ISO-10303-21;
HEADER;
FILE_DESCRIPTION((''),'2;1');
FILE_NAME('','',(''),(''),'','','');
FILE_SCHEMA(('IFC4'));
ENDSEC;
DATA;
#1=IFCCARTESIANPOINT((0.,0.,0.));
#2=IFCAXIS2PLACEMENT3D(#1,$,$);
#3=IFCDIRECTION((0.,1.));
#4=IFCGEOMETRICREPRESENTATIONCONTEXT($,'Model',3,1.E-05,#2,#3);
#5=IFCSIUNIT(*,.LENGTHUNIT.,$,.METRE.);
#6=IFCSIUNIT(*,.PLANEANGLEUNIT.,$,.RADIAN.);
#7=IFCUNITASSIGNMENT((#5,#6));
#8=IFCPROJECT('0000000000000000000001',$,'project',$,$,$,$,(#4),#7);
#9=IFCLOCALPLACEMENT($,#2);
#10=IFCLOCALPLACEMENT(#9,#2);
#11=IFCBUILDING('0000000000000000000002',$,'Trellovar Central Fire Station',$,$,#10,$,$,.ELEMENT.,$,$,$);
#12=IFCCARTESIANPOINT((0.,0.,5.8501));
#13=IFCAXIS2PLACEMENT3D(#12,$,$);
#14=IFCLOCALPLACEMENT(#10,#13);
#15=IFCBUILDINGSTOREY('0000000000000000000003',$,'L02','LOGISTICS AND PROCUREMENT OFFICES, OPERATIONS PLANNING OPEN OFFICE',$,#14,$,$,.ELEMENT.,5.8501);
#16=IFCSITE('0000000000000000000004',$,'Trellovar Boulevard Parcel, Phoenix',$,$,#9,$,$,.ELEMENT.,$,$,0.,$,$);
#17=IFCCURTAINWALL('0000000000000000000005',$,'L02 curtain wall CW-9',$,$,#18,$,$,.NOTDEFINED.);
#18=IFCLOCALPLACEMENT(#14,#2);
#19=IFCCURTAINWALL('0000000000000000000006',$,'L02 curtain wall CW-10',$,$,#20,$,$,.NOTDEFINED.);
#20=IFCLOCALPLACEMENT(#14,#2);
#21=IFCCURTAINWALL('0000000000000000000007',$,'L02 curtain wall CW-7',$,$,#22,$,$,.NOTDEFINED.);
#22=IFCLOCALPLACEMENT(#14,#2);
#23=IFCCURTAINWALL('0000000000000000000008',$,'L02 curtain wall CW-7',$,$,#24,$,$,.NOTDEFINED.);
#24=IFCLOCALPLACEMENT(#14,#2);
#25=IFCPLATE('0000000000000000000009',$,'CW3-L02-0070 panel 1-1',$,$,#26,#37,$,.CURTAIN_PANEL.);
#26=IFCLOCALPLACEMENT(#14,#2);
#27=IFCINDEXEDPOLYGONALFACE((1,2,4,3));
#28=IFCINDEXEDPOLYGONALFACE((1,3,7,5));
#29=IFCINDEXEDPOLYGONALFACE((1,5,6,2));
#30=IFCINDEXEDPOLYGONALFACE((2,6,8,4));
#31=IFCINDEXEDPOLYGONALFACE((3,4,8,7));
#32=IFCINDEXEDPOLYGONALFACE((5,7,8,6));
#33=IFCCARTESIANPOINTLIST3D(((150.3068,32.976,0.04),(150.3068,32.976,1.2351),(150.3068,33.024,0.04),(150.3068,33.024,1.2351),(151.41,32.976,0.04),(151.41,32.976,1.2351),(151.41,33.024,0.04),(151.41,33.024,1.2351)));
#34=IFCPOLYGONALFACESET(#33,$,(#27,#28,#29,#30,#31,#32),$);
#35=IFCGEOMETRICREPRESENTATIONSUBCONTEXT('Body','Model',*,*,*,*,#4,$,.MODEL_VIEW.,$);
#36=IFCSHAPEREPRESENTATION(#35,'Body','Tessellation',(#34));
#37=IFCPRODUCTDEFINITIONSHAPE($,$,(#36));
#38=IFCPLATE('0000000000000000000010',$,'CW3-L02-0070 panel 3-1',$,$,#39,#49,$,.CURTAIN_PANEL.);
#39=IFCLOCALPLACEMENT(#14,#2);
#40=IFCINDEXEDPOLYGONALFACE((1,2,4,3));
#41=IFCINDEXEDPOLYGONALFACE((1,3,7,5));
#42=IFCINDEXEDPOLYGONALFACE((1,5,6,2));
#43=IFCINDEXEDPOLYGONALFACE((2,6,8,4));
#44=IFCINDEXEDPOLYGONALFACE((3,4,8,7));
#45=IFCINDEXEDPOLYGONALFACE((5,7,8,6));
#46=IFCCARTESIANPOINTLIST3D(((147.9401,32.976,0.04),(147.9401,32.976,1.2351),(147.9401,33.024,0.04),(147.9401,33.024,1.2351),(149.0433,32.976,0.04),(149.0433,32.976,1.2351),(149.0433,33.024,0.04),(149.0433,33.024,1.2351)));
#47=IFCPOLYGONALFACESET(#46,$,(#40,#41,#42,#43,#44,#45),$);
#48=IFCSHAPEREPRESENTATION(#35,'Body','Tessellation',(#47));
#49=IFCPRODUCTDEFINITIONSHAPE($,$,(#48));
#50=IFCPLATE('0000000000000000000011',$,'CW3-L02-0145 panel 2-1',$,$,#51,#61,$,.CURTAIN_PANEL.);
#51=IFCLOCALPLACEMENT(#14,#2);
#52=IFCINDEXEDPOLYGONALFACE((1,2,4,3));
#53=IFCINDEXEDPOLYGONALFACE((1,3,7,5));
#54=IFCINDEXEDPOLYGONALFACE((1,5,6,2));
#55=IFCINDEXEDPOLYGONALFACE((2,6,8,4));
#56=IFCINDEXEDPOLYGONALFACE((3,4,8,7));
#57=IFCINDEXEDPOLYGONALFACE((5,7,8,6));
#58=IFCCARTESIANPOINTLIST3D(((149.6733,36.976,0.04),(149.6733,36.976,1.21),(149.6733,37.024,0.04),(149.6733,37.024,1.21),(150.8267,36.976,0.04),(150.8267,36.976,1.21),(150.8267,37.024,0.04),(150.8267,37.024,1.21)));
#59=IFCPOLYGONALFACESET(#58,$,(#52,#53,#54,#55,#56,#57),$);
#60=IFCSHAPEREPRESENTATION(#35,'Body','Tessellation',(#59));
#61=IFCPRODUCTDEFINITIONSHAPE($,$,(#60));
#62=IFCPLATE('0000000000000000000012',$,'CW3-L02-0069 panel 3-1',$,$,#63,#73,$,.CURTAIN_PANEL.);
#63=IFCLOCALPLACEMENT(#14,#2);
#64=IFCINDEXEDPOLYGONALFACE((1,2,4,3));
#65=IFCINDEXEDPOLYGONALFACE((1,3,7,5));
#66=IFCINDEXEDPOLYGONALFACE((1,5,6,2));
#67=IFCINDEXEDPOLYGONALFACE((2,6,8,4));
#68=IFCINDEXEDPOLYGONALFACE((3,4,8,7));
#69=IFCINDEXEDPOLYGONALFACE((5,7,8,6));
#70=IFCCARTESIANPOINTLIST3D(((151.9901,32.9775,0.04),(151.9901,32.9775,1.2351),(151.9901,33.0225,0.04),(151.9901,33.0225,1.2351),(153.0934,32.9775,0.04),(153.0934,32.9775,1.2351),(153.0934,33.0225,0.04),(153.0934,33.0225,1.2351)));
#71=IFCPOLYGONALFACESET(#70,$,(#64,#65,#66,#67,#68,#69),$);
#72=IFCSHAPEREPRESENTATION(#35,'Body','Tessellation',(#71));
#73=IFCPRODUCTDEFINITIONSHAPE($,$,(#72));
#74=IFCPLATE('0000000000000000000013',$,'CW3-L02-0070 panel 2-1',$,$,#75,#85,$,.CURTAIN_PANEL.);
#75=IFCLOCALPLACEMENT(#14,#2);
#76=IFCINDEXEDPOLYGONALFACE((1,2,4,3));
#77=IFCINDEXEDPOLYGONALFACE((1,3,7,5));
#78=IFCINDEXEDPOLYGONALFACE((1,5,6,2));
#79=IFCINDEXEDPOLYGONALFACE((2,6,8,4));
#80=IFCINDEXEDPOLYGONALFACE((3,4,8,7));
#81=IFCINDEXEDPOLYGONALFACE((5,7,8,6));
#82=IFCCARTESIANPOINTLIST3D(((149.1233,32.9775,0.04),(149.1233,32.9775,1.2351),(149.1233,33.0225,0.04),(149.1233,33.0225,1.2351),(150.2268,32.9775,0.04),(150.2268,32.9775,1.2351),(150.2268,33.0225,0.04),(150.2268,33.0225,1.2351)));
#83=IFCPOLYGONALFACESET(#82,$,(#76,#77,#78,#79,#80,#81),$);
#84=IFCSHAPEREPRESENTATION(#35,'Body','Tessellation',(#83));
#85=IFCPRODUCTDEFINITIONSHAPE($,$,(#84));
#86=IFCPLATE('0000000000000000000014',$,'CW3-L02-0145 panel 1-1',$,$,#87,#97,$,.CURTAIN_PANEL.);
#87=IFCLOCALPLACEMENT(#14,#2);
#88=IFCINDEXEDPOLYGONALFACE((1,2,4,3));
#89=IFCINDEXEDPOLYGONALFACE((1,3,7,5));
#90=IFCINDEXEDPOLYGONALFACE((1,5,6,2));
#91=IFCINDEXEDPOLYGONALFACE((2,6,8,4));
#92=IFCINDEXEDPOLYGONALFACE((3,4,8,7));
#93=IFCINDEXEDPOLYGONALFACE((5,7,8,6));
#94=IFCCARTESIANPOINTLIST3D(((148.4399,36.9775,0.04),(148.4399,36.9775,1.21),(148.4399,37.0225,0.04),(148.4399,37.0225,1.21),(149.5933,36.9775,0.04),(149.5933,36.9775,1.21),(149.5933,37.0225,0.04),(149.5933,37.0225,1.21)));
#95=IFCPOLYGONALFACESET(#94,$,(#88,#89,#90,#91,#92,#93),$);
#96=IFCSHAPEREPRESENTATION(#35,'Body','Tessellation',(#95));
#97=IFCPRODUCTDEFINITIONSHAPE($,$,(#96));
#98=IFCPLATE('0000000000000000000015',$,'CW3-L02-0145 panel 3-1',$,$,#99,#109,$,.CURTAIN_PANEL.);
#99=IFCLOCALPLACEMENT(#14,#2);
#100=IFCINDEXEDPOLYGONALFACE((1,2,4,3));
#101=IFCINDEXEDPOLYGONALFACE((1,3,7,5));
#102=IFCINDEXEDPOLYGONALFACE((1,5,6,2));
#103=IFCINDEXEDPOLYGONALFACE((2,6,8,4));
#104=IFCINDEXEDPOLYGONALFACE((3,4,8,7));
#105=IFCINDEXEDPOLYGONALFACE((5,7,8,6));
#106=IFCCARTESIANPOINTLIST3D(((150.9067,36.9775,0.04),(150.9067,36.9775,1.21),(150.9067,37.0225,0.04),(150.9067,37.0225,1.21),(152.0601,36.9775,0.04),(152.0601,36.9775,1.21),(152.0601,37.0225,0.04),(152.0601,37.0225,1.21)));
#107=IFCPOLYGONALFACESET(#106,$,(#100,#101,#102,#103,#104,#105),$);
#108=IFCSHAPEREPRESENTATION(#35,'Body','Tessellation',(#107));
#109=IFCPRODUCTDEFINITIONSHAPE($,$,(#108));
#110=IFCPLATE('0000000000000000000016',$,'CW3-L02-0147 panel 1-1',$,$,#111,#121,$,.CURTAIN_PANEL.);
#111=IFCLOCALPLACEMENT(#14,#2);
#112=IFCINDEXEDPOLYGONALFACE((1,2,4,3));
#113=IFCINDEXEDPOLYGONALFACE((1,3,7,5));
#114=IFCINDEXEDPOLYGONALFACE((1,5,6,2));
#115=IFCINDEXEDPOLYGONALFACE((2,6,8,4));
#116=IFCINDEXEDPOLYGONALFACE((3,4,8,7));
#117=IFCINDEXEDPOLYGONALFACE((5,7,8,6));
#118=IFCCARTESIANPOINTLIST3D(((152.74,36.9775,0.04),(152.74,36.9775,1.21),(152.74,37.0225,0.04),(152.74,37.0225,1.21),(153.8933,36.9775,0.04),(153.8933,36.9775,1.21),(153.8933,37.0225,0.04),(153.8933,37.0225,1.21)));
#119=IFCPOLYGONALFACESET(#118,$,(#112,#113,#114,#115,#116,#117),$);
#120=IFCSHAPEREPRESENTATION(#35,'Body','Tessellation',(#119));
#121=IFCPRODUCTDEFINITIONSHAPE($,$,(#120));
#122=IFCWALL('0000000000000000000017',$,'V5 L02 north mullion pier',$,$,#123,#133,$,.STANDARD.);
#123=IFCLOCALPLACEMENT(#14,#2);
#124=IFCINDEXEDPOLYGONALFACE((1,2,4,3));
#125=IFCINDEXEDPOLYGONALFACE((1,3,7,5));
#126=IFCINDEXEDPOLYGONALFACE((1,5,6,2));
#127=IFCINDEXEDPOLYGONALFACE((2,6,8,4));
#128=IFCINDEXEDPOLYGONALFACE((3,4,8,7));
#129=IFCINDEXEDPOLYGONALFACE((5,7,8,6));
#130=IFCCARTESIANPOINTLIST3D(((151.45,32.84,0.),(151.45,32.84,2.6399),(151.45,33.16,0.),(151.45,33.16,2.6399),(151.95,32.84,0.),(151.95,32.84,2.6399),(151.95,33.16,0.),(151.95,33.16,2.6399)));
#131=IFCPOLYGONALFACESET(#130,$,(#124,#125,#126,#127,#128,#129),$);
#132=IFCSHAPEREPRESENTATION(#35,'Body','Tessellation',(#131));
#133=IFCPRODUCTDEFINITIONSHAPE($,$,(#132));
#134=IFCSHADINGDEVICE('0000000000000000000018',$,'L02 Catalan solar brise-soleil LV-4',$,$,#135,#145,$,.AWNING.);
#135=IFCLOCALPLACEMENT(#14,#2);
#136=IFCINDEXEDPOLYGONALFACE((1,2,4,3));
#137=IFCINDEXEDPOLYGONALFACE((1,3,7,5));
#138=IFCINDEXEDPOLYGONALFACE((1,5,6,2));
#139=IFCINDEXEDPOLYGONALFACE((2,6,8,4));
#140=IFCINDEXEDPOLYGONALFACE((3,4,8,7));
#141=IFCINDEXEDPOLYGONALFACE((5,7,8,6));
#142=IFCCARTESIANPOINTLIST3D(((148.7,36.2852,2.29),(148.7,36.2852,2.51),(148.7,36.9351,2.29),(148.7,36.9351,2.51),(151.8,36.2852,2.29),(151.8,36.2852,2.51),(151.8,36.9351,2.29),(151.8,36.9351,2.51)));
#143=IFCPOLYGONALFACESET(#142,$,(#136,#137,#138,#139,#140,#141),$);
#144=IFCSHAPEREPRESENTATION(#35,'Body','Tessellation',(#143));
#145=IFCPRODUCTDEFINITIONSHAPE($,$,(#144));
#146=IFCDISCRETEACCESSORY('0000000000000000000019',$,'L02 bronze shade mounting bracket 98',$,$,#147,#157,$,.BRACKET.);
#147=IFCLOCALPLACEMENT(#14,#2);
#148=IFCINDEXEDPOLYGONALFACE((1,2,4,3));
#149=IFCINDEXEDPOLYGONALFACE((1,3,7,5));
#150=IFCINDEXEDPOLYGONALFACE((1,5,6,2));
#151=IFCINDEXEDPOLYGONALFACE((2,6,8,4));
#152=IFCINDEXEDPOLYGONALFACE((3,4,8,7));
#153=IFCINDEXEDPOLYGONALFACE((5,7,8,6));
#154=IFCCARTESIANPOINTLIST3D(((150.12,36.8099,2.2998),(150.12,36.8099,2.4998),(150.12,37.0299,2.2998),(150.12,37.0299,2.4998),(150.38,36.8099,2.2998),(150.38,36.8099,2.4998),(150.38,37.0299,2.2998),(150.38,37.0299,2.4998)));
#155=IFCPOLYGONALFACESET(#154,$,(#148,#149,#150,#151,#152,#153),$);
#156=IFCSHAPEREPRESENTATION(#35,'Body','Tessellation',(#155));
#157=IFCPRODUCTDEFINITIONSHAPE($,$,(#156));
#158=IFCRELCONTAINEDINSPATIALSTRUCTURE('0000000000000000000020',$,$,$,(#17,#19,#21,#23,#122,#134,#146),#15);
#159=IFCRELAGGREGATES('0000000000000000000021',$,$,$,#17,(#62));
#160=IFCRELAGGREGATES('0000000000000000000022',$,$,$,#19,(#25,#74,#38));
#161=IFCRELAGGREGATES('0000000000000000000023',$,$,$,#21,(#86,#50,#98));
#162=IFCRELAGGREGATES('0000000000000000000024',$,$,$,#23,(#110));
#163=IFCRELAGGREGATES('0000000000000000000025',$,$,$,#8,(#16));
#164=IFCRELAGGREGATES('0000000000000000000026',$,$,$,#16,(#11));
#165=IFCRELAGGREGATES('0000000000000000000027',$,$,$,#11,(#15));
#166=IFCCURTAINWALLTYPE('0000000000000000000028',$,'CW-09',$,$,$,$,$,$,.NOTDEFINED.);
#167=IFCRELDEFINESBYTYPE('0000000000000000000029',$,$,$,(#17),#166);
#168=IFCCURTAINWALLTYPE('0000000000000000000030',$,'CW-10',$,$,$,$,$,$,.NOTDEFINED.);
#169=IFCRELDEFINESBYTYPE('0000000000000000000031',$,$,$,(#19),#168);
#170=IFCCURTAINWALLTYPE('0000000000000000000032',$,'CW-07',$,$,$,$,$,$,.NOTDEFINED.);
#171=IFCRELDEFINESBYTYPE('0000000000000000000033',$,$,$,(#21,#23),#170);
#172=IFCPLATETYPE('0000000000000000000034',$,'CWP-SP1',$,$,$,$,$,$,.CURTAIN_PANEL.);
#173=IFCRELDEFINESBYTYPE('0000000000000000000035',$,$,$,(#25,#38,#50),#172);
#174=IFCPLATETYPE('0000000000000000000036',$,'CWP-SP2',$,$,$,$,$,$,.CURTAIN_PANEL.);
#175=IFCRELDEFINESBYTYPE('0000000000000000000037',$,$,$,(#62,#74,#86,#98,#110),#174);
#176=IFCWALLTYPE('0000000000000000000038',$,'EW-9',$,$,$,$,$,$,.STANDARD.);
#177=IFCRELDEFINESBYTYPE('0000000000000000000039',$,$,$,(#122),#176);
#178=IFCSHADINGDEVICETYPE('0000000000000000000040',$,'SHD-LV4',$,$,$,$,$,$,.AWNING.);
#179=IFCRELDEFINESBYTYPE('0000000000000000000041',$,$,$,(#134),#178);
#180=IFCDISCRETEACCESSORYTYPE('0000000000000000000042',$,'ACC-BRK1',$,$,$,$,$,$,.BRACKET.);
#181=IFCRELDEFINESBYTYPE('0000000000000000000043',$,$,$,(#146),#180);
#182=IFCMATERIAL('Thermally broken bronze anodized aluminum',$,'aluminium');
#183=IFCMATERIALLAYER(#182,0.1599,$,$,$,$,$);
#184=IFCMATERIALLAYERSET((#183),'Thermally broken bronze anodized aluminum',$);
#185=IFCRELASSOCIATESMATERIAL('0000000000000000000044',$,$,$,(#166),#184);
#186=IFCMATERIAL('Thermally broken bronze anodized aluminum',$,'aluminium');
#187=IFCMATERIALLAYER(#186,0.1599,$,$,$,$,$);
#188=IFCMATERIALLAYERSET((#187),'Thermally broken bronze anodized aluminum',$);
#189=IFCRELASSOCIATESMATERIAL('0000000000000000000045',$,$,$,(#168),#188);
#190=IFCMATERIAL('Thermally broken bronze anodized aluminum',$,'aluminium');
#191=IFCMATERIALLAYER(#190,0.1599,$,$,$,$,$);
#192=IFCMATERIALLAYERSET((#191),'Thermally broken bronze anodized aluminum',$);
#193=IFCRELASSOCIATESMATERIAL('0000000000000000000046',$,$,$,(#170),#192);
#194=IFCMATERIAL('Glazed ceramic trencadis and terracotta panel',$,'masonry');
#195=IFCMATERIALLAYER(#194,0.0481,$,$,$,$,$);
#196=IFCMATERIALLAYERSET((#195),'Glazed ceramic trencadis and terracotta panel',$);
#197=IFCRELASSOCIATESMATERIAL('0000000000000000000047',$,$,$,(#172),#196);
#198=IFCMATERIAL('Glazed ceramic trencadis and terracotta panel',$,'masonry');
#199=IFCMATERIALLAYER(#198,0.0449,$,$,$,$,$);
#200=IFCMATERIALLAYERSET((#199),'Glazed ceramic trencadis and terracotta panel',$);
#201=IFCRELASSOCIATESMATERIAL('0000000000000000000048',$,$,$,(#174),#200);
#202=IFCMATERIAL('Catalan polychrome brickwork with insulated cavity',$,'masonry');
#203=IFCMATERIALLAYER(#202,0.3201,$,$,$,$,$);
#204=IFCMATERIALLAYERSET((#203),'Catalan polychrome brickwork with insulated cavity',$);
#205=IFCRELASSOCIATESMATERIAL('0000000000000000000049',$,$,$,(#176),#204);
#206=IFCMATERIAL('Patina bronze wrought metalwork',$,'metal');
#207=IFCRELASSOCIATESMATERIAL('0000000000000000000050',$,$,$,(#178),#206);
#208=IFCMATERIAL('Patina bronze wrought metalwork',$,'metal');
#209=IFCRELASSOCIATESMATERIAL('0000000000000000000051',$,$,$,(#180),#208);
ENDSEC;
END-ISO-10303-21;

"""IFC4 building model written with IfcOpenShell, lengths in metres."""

from ifc_helpers import new_model, si_unit, direction, frame, frame_2d, origin, origin_2d, place, context, subcontext, project, spatial, rectangle, extrude, material, layer, layer_set, type_object, element, aggregate, save


model = new_model("IFC4")

# Units and contexts
model_context = context("Model", 3, precision=1e-05, world=origin(), true_north=direction((0.0, 1.0)))
body_context = subcontext(model_context, "Body", "Model", "MODEL_VIEW")
ifc_project = project(units=[si_unit("LENGTHUNIT", "METRE"), si_unit("PLANEANGLEUNIT", "RADIAN")], contexts=[model_context])

# Site, building, storey
site_placement = place(None, origin())
site = spatial("IfcSite", under=ifc_project, at=site_placement, Name="Trellovar Boulevard Parcel, Phoenix", CompositionType="ELEMENT", RefElevation=0.0)
building_placement = place(site_placement, origin())
building = spatial("IfcBuilding", under=site, at=building_placement, Name="Trellovar Central Fire Station", CompositionType="ELEMENT")
storey_placement = place(building_placement, frame((0.0, 0.0, 5.8501)))
storey = spatial("IfcBuildingStorey", under=building, at=storey_placement, Name="L02", Description="LOGISTICS AND PROCUREMENT OFFICES, OPERATIONS PLANNING OPEN OFFICE", CompositionType="ELEMENT", Elevation=5.8501)

# Curtain walls
ifc_material_1 = material(Name="Thermally broken bronze anodized aluminum", Category="aluminium")
ifc_layer_1 = layer(ifc_material_1, 0.1599)
ifc_layer_set_1 = layer_set([ifc_layer_1], Name="Thermally broken bronze anodized aluminum")
curtain_wall_type_1 = type_object("IfcCurtainWallType", Name="CW-09", PredefinedType="NOTDEFINED", material=ifc_layer_set_1)
curtain_wall_1_placement = place(storey_placement, origin())
curtain_wall_1 = element("IfcCurtainWall", 1, at=curtain_wall_1_placement, inside=storey, type_object=curtain_wall_type_1, Name="L02 curtain wall CW-9", PredefinedType="NOTDEFINED")
ifc_material_2 = material(Name="Thermally broken bronze anodized aluminum", Category="aluminium")
ifc_layer_2 = layer(ifc_material_2, 0.1599)
ifc_layer_set_2 = layer_set([ifc_layer_2], Name="Thermally broken bronze anodized aluminum")
curtain_wall_type_2 = type_object("IfcCurtainWallType", Name="CW-10", PredefinedType="NOTDEFINED", material=ifc_layer_set_2)
curtain_wall_2_placement = place(storey_placement, origin())
curtain_wall_2 = element("IfcCurtainWall", 2, at=curtain_wall_2_placement, inside=storey, type_object=curtain_wall_type_2, Name="L02 curtain wall CW-10", PredefinedType="NOTDEFINED")
ifc_material_3 = material(Name="Thermally broken bronze anodized aluminum", Category="aluminium")
ifc_layer_3 = layer(ifc_material_3, 0.1599)
ifc_layer_set_3 = layer_set([ifc_layer_3], Name="Thermally broken bronze anodized aluminum")
curtain_wall_type_3 = type_object("IfcCurtainWallType", Name="CW-07", PredefinedType="NOTDEFINED", material=ifc_layer_set_3)
curtain_wall_3_placement = place(storey_placement, origin())
curtain_wall_3 = element("IfcCurtainWall", 3, at=curtain_wall_3_placement, inside=storey, type_object=curtain_wall_type_3, Name="L02 curtain wall CW-7", PredefinedType="NOTDEFINED")

# Curtain wall
curtain_wall_4_placement = place(storey_placement, origin())
curtain_wall_4 = element("IfcCurtainWall", 4, at=curtain_wall_4_placement, inside=storey, type_object=curtain_wall_type_3, Name="L02 curtain wall CW-7", PredefinedType="NOTDEFINED")

# Plates
ifc_material_4 = material(Name="Glazed ceramic trencadis and terracotta panel", Category="masonry")
ifc_layer_4 = layer(ifc_material_4, 0.0481)
ifc_layer_set_4 = layer_set([ifc_layer_4], Name="Glazed ceramic trencadis and terracotta panel")
plate_type_1 = type_object("IfcPlateType", Name="CWP-SP1", PredefinedType="CURTAIN_PANEL", material=ifc_layer_set_4)
plate_1_placement = place(storey_placement, frame((150.8584, 33.0, 0.04), z_axis=(0.0, 0.0, 1.0), x_axis=(-1.0, 0.0, 0.0)))
plate_1 = element("IfcPlate", 5, at=plate_1_placement, type_object=plate_type_1, Name="CW3-L02-0070 panel 1-1", PredefinedType="CURTAIN_PANEL", context=body_context, shape_type="SweptSolid", body=[
    extrude(rectangle(XDim=1.1033, YDim=0.0481, at=origin_2d()), origin(), (0.0, 0.0, 1.0), 1.1951),
])
plate_2_placement = place(storey_placement, frame((148.4917, 33.0, 0.04), z_axis=(0.0, 0.0, 1.0), x_axis=(-1.0, 0.0, 0.0)))
plate_2 = element("IfcPlate", 6, at=plate_2_placement, type_object=plate_type_1, Name="CW3-L02-0070 panel 3-1", PredefinedType="CURTAIN_PANEL", context=body_context, shape_type="SweptSolid", body=[
    extrude(rectangle(XDim=1.1033, YDim=0.0481, at=origin_2d()), origin(), (0.0, 0.0, 1.0), 1.1951),
])
plate_3_placement = place(storey_placement, frame((150.25, 37.0, 0.04), z_axis=(0.0, 0.0, 1.0), x_axis=(1.0, 0.0, 0.0)))
plate_3 = element("IfcPlate", 7, at=plate_3_placement, type_object=plate_type_1, Name="CW3-L02-0145 panel 2-1", PredefinedType="CURTAIN_PANEL", context=body_context, shape_type="SweptSolid", body=[
    extrude(rectangle(XDim=1.1533, YDim=0.0481, at=origin_2d()), origin(), (0.0, 0.0, 1.0), 1.1699),
])
ifc_material_5 = material(Name="Glazed ceramic trencadis and terracotta panel", Category="masonry")
ifc_layer_5 = layer(ifc_material_5, 0.0449)
ifc_layer_set_5 = layer_set([ifc_layer_5], Name="Glazed ceramic trencadis and terracotta panel")
plate_type_2 = type_object("IfcPlateType", Name="CWP-SP2", PredefinedType="CURTAIN_PANEL", material=ifc_layer_set_5)
plate_4_placement = place(storey_placement, frame((152.5417, 33.0, 0.04), z_axis=(0.0, 0.0, 1.0), x_axis=(-1.0, 0.0, 0.0)))
plate_4 = element("IfcPlate", 8, at=plate_4_placement, type_object=plate_type_2, Name="CW3-L02-0069 panel 3-1", PredefinedType="CURTAIN_PANEL", context=body_context, shape_type="SweptSolid", body=[
    extrude(rectangle(XDim=1.1033, YDim=0.0449, at=origin_2d()), origin(), (0.0, 0.0, 1.0), 1.1951),
])
aggregate(curtain_wall_1, [plate_4])
plate_5_placement = place(storey_placement, frame((149.675, 33.0, 0.04), z_axis=(0.0, 0.0, 1.0), x_axis=(-1.0, 0.0, 0.0)))
plate_5 = element("IfcPlate", 9, at=plate_5_placement, type_object=plate_type_2, Name="CW3-L02-0070 panel 2-1", PredefinedType="CURTAIN_PANEL", context=body_context, shape_type="SweptSolid", body=[
    extrude(rectangle(XDim=1.1035, YDim=0.0449, at=origin_2d()), origin(), (0.0, 0.0, 1.0), 1.1951),
])
aggregate(curtain_wall_2, [plate_1, plate_5, plate_2])
plate_6_placement = place(storey_placement, frame((149.0166, 37.0, 0.04), z_axis=(0.0, 0.0, 1.0), x_axis=(1.0, 0.0, 0.0)))
plate_6 = element("IfcPlate", 10, at=plate_6_placement, type_object=plate_type_2, Name="CW3-L02-0145 panel 1-1", PredefinedType="CURTAIN_PANEL", context=body_context, shape_type="SweptSolid", body=[
    extrude(rectangle(XDim=1.1533, YDim=0.0449, at=origin_2d()), origin(), (0.0, 0.0, 1.0), 1.1699),
])
plate_7_placement = place(storey_placement, frame((151.4834, 37.0, 0.04), z_axis=(0.0, 0.0, 1.0), x_axis=(1.0, 0.0, 0.0)))
plate_7 = element("IfcPlate", 11, at=plate_7_placement, type_object=plate_type_2, Name="CW3-L02-0145 panel 3-1", PredefinedType="CURTAIN_PANEL", context=body_context, shape_type="SweptSolid", body=[
    extrude(rectangle(XDim=1.1533, YDim=0.0449, at=origin_2d()), origin(), (0.0, 0.0, 1.0), 1.1699),
])
aggregate(curtain_wall_3, [plate_6, plate_3, plate_7])
plate_8_placement = place(storey_placement, frame((153.3167, 37.0, 0.04), z_axis=(0.0, 0.0, 1.0), x_axis=(1.0, 0.0, 0.0)))
plate_8 = element("IfcPlate", 12, at=plate_8_placement, type_object=plate_type_2, Name="CW3-L02-0147 panel 1-1", PredefinedType="CURTAIN_PANEL", context=body_context, shape_type="SweptSolid", body=[
    extrude(rectangle(XDim=1.1533, YDim=0.0449, at=origin_2d()), origin(), (0.0, 0.0, 1.0), 1.1699),
])
aggregate(curtain_wall_4, [plate_8])

# Wall
ifc_material_6 = material(Name="Catalan polychrome brickwork with insulated cavity", Category="masonry")
ifc_layer_6 = layer(ifc_material_6, 0.3201)
ifc_layer_set_6 = layer_set([ifc_layer_6], Name="Catalan polychrome brickwork with insulated cavity")
wall_type = type_object("IfcWallType", Name="EW-9", PredefinedType="STANDARD", material=ifc_layer_set_6)
wall_placement = place(storey_placement, frame((151.95, 33.0, 0.0), z_axis=(0.0, 0.0, 1.0), x_axis=(-1.0, 0.0, 0.0)))
element("IfcWall", 13, at=wall_placement, inside=storey, type_object=wall_type, Name="V5 L02 north mullion pier", PredefinedType="STANDARD", context=body_context, shape_type="SweptSolid", body=[
    extrude(rectangle(XDim=0.5, YDim=0.3201, at=frame_2d((0.25, 0.0))), origin(), (0.0, 0.0, 1.0), 2.6399),
])

# Shading device
ifc_material_7 = material(Name="Patina bronze wrought metalwork", Category="metal")
shading_device_type = type_object("IfcShadingDeviceType", Name="SHD-LV4", PredefinedType="AWNING", material=ifc_material_7)
shading_device_placement = place(storey_placement, frame((150.25, 36.6101, 2.29), z_axis=(0.0, 0.0, 1.0), x_axis=(1.0, 0.0, 0.0)))
element("IfcShadingDevice", 14, at=shading_device_placement, inside=storey, type_object=shading_device_type, Name="L02 Catalan solar brise-soleil LV-4", PredefinedType="AWNING", context=body_context, shape_type="SweptSolid", body=[
    extrude(rectangle(XDim=3.1001, YDim=0.6499, at=origin_2d()), origin(), (0.0, 0.0, 1.0), 0.22),
])

# Discrete accessory
ifc_material_8 = material(Name="Patina bronze wrought metalwork", Category="metal")
discrete_accessory_type = type_object("IfcDiscreteAccessoryType", Name="ACC-BRK1", PredefinedType="BRACKET", material=ifc_material_8)
discrete_accessory_placement = place(storey_placement, frame((150.25, 36.9199, 2.2998), z_axis=(0.0, 0.0, 1.0), x_axis=(1.0, 0.0, 0.0)))
element("IfcDiscreteAccessory", 15, at=discrete_accessory_placement, inside=storey, type_object=discrete_accessory_type, Name="L02 bronze shade mounting bracket 98", PredefinedType="BRACKET", context=body_context, shape_type="SweptSolid", body=[
    extrude(rectangle(XDim=0.26, YDim=0.22, at=origin_2d()), origin(), (0.0, 0.0, 1.0), 0.2),
])

save(model, "model.ifc")
